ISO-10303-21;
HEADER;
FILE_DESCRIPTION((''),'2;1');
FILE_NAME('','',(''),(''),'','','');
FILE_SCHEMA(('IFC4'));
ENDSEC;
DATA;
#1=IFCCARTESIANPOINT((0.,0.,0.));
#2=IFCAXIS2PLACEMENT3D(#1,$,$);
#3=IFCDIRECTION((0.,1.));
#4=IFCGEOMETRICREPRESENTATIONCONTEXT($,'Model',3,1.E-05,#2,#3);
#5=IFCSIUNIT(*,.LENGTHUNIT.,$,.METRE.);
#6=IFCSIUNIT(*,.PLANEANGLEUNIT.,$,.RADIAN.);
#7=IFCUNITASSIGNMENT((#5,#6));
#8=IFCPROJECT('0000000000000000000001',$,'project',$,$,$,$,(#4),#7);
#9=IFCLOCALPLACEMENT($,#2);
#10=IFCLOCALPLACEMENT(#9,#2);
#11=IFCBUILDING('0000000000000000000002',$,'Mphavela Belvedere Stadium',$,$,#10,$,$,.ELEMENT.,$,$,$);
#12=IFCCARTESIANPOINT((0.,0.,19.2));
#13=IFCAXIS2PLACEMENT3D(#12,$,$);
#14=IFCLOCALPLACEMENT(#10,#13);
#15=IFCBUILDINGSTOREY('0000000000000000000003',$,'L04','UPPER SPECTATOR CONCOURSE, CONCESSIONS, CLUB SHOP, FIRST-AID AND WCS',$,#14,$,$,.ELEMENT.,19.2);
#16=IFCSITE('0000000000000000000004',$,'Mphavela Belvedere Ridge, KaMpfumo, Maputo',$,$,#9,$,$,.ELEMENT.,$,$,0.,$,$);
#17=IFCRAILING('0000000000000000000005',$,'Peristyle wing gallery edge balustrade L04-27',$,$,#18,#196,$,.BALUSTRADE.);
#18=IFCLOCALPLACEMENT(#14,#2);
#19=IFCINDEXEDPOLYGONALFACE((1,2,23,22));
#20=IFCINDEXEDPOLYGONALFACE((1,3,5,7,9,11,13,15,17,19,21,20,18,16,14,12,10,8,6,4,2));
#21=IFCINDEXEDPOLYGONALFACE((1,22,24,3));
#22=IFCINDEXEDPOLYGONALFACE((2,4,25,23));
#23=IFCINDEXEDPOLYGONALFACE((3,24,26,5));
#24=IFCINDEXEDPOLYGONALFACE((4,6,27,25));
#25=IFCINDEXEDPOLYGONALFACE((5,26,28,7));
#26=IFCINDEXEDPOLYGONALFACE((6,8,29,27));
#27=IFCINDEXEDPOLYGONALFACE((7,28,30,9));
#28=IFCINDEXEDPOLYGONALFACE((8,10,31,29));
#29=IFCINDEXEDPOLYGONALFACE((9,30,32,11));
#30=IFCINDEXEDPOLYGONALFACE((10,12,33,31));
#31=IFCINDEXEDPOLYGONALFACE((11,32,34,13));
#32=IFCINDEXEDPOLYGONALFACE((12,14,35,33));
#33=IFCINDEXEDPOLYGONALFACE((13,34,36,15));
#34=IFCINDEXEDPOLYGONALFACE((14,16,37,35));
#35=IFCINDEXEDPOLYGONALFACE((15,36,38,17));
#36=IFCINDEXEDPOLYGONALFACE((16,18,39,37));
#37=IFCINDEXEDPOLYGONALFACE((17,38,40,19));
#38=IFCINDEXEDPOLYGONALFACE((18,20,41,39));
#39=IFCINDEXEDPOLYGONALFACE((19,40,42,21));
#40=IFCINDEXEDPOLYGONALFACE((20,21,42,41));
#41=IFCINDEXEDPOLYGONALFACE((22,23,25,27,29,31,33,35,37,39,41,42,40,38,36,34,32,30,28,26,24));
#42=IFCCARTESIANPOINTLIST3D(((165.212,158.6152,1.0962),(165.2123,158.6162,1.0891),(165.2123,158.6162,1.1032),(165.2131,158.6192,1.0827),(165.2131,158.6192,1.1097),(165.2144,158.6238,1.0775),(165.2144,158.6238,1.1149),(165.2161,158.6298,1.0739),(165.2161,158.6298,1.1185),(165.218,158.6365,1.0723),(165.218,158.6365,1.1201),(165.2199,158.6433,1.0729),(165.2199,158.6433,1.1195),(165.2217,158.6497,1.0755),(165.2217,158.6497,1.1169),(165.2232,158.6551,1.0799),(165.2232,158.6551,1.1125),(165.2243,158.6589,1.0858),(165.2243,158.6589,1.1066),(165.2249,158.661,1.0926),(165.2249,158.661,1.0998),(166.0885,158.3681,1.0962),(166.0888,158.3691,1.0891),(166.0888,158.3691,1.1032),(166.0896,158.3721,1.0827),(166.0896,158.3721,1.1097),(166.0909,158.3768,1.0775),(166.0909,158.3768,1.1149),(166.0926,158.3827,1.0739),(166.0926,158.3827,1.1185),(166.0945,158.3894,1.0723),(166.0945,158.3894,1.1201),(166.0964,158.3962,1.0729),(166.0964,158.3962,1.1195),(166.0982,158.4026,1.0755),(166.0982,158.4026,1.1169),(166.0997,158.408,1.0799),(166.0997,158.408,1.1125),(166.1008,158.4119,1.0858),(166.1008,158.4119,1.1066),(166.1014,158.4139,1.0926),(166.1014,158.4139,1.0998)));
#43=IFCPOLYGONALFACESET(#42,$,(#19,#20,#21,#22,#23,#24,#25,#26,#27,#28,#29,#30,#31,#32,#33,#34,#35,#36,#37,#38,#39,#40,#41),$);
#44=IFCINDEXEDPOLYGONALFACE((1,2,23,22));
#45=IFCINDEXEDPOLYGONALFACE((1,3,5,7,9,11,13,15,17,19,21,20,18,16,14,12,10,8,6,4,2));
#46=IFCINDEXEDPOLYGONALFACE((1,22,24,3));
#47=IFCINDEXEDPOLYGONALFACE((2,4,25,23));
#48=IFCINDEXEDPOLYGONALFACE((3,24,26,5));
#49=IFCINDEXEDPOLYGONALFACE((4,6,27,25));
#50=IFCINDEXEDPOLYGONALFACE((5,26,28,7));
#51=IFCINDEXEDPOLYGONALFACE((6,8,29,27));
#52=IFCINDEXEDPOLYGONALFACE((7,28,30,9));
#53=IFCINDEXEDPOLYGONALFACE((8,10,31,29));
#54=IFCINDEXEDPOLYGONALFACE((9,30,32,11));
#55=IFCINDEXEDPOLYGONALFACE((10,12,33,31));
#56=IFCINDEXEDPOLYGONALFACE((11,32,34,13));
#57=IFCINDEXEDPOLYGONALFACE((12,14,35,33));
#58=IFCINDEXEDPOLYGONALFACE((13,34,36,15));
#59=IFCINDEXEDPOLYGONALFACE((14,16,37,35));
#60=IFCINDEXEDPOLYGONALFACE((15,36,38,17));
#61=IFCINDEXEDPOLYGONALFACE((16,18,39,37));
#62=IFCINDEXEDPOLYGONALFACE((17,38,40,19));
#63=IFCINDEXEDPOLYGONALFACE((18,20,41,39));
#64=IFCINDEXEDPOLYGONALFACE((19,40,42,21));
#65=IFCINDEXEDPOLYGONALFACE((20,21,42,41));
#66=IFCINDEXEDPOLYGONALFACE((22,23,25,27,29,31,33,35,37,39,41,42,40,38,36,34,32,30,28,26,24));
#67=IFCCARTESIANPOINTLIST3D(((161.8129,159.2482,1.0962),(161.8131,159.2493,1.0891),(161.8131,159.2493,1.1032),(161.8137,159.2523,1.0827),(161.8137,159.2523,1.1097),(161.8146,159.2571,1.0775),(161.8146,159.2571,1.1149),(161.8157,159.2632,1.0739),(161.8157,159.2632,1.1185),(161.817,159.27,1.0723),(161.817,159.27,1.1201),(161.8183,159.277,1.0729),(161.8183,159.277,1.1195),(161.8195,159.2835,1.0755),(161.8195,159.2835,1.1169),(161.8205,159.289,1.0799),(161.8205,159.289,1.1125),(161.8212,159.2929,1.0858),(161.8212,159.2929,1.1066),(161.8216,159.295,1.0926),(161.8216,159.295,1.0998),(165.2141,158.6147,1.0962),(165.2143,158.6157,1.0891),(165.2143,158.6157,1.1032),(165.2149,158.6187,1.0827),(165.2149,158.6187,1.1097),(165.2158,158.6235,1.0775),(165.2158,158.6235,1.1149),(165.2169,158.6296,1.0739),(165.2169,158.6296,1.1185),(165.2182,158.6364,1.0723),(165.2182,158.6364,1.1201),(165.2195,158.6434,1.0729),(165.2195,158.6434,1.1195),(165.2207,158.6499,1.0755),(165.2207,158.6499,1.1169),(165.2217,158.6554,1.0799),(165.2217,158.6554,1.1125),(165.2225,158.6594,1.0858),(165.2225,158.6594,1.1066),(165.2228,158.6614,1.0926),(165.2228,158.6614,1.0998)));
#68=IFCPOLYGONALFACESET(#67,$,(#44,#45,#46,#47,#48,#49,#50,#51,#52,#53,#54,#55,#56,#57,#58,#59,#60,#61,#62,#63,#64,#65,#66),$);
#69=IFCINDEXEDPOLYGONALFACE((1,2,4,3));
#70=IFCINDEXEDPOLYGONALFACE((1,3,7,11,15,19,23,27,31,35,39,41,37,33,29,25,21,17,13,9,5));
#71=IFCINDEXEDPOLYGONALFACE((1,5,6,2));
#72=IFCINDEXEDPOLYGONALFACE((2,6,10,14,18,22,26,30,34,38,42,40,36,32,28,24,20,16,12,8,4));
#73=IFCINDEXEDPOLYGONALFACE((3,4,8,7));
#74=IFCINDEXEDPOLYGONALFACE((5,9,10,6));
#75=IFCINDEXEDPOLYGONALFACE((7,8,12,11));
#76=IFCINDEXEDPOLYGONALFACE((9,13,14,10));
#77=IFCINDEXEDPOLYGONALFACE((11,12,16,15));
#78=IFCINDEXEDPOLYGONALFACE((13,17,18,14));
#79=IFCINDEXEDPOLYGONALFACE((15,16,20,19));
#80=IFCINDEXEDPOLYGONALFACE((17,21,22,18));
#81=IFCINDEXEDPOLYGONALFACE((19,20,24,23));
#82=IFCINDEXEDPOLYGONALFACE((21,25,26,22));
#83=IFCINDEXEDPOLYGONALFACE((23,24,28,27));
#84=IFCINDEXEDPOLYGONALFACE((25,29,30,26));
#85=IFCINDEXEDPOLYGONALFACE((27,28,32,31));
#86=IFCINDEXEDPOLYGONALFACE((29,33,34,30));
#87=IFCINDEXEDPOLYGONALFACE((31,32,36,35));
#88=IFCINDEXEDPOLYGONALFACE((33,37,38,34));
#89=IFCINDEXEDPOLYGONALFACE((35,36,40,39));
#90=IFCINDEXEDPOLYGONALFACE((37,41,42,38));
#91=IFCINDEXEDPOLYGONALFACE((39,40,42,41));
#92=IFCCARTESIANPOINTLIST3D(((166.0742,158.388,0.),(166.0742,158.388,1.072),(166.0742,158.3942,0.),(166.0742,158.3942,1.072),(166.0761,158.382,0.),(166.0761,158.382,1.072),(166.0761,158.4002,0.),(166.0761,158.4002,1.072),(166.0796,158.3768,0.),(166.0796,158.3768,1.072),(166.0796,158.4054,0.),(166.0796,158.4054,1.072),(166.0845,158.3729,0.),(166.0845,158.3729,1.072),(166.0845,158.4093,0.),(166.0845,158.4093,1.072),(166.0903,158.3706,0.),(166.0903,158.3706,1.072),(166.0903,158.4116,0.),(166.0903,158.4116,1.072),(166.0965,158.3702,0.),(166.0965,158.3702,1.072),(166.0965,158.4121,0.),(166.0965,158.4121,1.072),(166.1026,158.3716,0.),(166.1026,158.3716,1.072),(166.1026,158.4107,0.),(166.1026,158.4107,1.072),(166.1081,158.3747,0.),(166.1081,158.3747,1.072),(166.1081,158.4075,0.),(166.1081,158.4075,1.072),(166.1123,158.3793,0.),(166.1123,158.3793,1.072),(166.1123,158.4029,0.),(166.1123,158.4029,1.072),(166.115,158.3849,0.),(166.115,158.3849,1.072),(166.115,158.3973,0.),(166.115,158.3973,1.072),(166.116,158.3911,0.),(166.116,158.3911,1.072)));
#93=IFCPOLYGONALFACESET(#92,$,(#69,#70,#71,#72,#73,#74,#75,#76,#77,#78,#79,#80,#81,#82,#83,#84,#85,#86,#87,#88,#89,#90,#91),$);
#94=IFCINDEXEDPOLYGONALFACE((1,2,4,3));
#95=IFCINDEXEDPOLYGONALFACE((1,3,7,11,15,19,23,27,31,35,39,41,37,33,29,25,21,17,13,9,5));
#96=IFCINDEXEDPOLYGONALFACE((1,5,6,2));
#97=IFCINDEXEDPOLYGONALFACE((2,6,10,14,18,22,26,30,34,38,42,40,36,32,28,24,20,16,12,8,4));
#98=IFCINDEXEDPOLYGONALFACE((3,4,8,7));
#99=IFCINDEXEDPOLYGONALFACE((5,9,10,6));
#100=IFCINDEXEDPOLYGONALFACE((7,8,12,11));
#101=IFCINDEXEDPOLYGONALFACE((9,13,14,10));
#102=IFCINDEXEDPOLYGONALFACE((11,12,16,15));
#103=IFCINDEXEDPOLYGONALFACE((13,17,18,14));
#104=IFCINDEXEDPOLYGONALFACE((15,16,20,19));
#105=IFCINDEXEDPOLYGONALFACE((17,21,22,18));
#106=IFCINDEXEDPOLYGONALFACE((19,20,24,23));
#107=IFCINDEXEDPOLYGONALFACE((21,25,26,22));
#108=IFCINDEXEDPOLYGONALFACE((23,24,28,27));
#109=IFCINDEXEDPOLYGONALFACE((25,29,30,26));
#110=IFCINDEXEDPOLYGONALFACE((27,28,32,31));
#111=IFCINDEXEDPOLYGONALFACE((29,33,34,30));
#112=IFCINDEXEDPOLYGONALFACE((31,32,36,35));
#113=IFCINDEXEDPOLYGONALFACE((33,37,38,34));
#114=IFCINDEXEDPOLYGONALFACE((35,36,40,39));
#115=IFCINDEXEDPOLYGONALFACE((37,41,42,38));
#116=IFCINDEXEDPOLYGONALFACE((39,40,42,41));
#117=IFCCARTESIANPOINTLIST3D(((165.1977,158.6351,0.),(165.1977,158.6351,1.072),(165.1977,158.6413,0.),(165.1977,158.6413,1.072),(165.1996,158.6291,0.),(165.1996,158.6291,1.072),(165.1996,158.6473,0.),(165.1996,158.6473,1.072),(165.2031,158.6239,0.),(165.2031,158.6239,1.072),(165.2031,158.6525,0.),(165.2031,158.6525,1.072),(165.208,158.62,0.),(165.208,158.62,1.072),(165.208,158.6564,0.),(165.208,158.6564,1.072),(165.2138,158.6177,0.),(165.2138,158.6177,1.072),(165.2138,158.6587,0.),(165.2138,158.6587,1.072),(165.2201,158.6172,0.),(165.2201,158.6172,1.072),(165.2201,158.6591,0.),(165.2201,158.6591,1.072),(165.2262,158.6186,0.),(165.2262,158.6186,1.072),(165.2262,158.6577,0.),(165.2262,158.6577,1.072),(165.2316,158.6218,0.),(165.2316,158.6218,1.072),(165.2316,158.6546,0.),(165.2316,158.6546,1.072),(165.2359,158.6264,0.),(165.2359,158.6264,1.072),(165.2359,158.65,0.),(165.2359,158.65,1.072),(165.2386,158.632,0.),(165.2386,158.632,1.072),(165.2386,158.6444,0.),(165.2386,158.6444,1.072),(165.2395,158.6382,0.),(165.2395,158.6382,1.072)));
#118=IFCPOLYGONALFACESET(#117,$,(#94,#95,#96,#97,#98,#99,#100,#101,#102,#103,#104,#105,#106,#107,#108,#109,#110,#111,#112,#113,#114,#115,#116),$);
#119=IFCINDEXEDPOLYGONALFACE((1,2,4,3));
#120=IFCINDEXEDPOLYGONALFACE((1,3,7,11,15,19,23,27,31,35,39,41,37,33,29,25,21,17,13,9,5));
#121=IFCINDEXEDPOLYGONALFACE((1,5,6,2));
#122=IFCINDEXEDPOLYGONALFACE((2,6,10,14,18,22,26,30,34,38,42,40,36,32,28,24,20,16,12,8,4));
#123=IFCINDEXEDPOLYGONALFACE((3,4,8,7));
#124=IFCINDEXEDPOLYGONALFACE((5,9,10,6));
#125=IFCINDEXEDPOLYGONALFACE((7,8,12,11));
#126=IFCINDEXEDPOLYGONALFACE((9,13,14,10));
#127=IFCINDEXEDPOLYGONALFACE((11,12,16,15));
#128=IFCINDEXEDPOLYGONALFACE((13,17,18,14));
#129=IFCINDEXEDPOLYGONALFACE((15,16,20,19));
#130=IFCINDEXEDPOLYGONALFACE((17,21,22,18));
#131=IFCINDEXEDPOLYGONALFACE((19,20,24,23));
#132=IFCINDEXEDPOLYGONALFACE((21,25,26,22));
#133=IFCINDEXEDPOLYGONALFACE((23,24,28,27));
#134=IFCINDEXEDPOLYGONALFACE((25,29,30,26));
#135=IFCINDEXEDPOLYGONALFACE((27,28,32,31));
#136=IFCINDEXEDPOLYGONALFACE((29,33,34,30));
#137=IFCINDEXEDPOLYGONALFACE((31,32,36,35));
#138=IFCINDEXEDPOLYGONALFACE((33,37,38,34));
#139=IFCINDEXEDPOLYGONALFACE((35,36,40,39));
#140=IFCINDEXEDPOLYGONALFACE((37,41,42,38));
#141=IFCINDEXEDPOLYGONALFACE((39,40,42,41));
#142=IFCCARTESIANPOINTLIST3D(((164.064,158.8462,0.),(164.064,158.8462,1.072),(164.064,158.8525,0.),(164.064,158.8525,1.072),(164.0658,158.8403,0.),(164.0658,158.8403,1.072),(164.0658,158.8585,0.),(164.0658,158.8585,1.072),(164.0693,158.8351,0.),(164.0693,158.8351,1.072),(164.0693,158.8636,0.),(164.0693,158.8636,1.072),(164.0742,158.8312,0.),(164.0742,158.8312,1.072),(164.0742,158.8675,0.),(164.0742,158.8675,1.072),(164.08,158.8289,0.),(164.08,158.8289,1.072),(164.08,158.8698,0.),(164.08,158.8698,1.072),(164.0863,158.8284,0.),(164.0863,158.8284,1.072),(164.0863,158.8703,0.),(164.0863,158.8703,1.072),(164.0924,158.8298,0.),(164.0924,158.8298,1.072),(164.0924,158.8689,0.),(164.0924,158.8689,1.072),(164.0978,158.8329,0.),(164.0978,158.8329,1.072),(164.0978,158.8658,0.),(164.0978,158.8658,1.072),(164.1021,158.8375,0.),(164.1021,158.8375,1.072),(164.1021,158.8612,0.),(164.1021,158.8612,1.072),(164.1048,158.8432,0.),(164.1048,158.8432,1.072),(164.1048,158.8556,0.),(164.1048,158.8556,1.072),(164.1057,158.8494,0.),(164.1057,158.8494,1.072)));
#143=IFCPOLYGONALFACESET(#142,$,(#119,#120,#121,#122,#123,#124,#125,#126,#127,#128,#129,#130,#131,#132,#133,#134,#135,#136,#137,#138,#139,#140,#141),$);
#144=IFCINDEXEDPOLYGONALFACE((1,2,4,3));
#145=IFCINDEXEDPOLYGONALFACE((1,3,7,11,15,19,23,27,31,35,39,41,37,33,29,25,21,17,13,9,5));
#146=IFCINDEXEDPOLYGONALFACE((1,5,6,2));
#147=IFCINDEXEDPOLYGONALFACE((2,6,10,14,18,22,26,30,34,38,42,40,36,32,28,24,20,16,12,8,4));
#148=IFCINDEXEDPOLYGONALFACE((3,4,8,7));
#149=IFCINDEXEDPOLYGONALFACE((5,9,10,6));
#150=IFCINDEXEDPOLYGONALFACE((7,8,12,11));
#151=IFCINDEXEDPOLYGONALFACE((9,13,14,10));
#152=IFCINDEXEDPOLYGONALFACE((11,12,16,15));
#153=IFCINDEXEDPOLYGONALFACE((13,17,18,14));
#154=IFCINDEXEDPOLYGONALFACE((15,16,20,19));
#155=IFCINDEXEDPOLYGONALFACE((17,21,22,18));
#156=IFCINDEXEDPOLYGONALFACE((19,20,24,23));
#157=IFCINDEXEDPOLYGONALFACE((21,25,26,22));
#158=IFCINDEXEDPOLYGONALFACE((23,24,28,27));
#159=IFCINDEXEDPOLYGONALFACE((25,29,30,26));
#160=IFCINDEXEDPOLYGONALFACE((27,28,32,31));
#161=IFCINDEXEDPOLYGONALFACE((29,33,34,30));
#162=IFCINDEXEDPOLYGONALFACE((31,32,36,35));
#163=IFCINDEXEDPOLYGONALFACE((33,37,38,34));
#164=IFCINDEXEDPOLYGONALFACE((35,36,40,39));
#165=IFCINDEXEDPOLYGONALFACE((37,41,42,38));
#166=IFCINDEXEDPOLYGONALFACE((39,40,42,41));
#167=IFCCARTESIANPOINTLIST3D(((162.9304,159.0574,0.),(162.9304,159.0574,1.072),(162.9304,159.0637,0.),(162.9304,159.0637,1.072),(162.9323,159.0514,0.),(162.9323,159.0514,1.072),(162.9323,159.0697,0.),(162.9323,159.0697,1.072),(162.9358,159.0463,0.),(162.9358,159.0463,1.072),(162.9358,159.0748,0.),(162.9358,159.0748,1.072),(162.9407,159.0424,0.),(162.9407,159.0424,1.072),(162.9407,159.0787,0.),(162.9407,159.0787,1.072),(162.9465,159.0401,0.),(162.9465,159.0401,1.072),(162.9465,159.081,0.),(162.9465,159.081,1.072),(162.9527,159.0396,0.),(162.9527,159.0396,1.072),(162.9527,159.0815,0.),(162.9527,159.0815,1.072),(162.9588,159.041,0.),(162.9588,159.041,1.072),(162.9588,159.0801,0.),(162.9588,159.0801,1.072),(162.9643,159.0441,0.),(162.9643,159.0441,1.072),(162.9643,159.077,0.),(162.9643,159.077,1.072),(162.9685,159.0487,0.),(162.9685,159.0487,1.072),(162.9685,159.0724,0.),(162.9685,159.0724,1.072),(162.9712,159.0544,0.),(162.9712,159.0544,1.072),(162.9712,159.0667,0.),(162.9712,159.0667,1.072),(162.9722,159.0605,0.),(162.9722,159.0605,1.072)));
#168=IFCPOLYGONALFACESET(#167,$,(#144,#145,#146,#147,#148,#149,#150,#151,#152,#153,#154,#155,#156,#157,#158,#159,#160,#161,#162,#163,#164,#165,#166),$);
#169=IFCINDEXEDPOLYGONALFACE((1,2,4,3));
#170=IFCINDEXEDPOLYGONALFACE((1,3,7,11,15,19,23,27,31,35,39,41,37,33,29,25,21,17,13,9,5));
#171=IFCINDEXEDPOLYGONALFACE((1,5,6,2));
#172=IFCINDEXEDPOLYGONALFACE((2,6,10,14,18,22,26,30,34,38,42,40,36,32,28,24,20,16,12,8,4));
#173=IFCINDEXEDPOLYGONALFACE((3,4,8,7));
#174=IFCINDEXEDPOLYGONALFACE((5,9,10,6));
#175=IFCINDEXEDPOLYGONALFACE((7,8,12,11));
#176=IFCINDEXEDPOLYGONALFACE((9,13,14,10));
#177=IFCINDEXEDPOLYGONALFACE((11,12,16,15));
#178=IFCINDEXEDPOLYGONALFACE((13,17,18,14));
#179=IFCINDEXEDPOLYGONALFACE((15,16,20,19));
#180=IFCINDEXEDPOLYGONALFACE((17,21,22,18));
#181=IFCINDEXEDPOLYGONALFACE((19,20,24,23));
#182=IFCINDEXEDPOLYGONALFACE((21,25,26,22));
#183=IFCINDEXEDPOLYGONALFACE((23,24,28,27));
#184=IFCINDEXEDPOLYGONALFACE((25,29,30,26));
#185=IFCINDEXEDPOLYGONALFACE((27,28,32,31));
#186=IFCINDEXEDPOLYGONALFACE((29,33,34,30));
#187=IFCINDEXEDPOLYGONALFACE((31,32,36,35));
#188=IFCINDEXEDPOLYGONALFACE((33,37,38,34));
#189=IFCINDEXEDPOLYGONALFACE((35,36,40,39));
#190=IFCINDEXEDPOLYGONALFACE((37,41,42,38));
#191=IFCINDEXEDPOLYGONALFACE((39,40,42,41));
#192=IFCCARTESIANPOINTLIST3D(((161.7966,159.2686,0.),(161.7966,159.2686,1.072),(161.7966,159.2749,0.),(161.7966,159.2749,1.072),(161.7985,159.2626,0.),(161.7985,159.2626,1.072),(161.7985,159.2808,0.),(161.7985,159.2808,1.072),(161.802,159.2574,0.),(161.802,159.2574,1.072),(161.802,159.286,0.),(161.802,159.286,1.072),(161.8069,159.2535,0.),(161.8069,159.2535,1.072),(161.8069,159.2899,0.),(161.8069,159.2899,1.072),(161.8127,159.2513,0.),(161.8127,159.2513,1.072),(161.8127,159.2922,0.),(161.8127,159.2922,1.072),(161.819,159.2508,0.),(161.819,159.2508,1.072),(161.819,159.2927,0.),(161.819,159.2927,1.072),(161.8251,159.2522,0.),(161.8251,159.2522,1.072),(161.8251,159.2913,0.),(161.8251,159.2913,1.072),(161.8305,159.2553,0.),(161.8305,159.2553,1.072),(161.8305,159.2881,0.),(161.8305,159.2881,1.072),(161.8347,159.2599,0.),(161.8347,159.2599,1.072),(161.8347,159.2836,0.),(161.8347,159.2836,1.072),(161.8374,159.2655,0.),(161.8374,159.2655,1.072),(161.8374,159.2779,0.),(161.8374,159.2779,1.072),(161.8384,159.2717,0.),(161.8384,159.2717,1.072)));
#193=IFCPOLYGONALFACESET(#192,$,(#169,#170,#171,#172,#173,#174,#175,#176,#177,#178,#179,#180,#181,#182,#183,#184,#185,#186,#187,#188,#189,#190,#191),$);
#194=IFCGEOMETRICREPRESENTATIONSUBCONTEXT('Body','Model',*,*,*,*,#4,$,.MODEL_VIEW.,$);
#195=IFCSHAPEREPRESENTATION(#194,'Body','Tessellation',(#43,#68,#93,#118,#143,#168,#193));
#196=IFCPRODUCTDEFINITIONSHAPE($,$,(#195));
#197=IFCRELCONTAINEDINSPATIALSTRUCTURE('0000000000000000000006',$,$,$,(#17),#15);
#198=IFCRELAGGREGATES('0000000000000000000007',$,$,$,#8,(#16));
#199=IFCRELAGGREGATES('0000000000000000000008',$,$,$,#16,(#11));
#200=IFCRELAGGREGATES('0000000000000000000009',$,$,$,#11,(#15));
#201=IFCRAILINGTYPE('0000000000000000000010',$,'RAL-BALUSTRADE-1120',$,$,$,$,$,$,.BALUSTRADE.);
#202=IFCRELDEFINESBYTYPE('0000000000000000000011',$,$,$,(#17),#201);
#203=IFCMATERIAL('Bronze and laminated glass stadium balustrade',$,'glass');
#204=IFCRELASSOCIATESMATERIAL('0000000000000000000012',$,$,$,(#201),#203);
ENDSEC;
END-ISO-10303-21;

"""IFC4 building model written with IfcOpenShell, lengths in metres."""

from ifc_helpers import new_model, si_unit, direction, frame, origin, origin_2d, place, context, subcontext, project, spatial, circle, extrude, material, type_object, element, save


model = new_model("IFC4")

# Units and contexts
model_context = context("Model", 3, precision=1e-05, world=origin(), true_north=direction((0.0, 1.0)))
body_context = subcontext(model_context, "Body", "Model", "MODEL_VIEW")
ifc_project = project(units=[si_unit("LENGTHUNIT", "METRE"), si_unit("PLANEANGLEUNIT", "RADIAN")], contexts=[model_context])

# Site, building, storey
site_placement = place(None, origin())
site = spatial("IfcSite", under=ifc_project, at=site_placement, Name="Mphavela Belvedere Ridge, KaMpfumo, Maputo", CompositionType="ELEMENT", RefElevation=0.0)
building_placement = place(site_placement, origin())
building = spatial("IfcBuilding", under=site, at=building_placement, Name="Mphavela Belvedere Stadium", CompositionType="ELEMENT")
storey_placement = place(building_placement, frame((0.0, 0.0, 19.2)))
storey = spatial("IfcBuildingStorey", under=building, at=storey_placement, Name="L04", Description="UPPER SPECTATOR CONCOURSE, CONCESSIONS, CLUB SHOP, FIRST-AID AND WCS", CompositionType="ELEMENT", Elevation=19.2)

# Railing
ifc_material_1 = material(Name="Bronze and laminated glass stadium balustrade", Category="glass")
railing_type = type_object("IfcRailingType", Name="RAL-BALUSTRADE-1120", PredefinedType="BALUSTRADE", material=ifc_material_1)
railing_placement = place(storey_placement, frame((166.095, 158.3911, 0.0)))
element("IfcRailing", 1, at=railing_placement, inside=storey, type_object=railing_type, Name="Peristyle wing gallery edge balustrade L04-27", PredefinedType="BALUSTRADE", context=body_context, shape_type="SweptSolid", body=[
    extrude(circle(Radius=0.0239, at=origin_2d()), frame((0.0, 0.0, 1.0962), z_axis=(-0.962489, 0.27132, 0.0), x_axis=(-0.27132, -0.962489, 0.0)), (0.0, 0.0, 1.0), 0.9106),
    extrude(circle(Radius=0.0239, at=origin_2d()), frame((-0.8765, 0.2471, 1.0962), z_axis=(-0.98309, 0.183125, 0.0), x_axis=(-0.183125, -0.98309, 0.0)), (0.0, 0.0, 1.0), 3.4597),
    extrude(circle(Radius=0.021, at=origin_2d()), origin(), (0.0, 0.0, 1.0), 1.072),
    extrude(circle(Radius=0.021, at=origin_2d()), frame((-0.8765, 0.2471, 0.0)), (0.0, 0.0, 1.0), 1.072),
    extrude(circle(Radius=0.021, at=origin_2d()), frame((-2.0103, 0.4583, 0.0)), (0.0, 0.0, 1.0), 1.072),
    extrude(circle(Radius=0.021, at=origin_2d()), frame((-3.1438, 0.6694, 0.0)), (0.0, 0.0, 1.0), 1.072),
    extrude(circle(Radius=0.021, at=origin_2d()), frame((-4.2776, 0.8806, 0.0)), (0.0, 0.0, 1.0), 1.072),
])

save(model, "model.ifc")
